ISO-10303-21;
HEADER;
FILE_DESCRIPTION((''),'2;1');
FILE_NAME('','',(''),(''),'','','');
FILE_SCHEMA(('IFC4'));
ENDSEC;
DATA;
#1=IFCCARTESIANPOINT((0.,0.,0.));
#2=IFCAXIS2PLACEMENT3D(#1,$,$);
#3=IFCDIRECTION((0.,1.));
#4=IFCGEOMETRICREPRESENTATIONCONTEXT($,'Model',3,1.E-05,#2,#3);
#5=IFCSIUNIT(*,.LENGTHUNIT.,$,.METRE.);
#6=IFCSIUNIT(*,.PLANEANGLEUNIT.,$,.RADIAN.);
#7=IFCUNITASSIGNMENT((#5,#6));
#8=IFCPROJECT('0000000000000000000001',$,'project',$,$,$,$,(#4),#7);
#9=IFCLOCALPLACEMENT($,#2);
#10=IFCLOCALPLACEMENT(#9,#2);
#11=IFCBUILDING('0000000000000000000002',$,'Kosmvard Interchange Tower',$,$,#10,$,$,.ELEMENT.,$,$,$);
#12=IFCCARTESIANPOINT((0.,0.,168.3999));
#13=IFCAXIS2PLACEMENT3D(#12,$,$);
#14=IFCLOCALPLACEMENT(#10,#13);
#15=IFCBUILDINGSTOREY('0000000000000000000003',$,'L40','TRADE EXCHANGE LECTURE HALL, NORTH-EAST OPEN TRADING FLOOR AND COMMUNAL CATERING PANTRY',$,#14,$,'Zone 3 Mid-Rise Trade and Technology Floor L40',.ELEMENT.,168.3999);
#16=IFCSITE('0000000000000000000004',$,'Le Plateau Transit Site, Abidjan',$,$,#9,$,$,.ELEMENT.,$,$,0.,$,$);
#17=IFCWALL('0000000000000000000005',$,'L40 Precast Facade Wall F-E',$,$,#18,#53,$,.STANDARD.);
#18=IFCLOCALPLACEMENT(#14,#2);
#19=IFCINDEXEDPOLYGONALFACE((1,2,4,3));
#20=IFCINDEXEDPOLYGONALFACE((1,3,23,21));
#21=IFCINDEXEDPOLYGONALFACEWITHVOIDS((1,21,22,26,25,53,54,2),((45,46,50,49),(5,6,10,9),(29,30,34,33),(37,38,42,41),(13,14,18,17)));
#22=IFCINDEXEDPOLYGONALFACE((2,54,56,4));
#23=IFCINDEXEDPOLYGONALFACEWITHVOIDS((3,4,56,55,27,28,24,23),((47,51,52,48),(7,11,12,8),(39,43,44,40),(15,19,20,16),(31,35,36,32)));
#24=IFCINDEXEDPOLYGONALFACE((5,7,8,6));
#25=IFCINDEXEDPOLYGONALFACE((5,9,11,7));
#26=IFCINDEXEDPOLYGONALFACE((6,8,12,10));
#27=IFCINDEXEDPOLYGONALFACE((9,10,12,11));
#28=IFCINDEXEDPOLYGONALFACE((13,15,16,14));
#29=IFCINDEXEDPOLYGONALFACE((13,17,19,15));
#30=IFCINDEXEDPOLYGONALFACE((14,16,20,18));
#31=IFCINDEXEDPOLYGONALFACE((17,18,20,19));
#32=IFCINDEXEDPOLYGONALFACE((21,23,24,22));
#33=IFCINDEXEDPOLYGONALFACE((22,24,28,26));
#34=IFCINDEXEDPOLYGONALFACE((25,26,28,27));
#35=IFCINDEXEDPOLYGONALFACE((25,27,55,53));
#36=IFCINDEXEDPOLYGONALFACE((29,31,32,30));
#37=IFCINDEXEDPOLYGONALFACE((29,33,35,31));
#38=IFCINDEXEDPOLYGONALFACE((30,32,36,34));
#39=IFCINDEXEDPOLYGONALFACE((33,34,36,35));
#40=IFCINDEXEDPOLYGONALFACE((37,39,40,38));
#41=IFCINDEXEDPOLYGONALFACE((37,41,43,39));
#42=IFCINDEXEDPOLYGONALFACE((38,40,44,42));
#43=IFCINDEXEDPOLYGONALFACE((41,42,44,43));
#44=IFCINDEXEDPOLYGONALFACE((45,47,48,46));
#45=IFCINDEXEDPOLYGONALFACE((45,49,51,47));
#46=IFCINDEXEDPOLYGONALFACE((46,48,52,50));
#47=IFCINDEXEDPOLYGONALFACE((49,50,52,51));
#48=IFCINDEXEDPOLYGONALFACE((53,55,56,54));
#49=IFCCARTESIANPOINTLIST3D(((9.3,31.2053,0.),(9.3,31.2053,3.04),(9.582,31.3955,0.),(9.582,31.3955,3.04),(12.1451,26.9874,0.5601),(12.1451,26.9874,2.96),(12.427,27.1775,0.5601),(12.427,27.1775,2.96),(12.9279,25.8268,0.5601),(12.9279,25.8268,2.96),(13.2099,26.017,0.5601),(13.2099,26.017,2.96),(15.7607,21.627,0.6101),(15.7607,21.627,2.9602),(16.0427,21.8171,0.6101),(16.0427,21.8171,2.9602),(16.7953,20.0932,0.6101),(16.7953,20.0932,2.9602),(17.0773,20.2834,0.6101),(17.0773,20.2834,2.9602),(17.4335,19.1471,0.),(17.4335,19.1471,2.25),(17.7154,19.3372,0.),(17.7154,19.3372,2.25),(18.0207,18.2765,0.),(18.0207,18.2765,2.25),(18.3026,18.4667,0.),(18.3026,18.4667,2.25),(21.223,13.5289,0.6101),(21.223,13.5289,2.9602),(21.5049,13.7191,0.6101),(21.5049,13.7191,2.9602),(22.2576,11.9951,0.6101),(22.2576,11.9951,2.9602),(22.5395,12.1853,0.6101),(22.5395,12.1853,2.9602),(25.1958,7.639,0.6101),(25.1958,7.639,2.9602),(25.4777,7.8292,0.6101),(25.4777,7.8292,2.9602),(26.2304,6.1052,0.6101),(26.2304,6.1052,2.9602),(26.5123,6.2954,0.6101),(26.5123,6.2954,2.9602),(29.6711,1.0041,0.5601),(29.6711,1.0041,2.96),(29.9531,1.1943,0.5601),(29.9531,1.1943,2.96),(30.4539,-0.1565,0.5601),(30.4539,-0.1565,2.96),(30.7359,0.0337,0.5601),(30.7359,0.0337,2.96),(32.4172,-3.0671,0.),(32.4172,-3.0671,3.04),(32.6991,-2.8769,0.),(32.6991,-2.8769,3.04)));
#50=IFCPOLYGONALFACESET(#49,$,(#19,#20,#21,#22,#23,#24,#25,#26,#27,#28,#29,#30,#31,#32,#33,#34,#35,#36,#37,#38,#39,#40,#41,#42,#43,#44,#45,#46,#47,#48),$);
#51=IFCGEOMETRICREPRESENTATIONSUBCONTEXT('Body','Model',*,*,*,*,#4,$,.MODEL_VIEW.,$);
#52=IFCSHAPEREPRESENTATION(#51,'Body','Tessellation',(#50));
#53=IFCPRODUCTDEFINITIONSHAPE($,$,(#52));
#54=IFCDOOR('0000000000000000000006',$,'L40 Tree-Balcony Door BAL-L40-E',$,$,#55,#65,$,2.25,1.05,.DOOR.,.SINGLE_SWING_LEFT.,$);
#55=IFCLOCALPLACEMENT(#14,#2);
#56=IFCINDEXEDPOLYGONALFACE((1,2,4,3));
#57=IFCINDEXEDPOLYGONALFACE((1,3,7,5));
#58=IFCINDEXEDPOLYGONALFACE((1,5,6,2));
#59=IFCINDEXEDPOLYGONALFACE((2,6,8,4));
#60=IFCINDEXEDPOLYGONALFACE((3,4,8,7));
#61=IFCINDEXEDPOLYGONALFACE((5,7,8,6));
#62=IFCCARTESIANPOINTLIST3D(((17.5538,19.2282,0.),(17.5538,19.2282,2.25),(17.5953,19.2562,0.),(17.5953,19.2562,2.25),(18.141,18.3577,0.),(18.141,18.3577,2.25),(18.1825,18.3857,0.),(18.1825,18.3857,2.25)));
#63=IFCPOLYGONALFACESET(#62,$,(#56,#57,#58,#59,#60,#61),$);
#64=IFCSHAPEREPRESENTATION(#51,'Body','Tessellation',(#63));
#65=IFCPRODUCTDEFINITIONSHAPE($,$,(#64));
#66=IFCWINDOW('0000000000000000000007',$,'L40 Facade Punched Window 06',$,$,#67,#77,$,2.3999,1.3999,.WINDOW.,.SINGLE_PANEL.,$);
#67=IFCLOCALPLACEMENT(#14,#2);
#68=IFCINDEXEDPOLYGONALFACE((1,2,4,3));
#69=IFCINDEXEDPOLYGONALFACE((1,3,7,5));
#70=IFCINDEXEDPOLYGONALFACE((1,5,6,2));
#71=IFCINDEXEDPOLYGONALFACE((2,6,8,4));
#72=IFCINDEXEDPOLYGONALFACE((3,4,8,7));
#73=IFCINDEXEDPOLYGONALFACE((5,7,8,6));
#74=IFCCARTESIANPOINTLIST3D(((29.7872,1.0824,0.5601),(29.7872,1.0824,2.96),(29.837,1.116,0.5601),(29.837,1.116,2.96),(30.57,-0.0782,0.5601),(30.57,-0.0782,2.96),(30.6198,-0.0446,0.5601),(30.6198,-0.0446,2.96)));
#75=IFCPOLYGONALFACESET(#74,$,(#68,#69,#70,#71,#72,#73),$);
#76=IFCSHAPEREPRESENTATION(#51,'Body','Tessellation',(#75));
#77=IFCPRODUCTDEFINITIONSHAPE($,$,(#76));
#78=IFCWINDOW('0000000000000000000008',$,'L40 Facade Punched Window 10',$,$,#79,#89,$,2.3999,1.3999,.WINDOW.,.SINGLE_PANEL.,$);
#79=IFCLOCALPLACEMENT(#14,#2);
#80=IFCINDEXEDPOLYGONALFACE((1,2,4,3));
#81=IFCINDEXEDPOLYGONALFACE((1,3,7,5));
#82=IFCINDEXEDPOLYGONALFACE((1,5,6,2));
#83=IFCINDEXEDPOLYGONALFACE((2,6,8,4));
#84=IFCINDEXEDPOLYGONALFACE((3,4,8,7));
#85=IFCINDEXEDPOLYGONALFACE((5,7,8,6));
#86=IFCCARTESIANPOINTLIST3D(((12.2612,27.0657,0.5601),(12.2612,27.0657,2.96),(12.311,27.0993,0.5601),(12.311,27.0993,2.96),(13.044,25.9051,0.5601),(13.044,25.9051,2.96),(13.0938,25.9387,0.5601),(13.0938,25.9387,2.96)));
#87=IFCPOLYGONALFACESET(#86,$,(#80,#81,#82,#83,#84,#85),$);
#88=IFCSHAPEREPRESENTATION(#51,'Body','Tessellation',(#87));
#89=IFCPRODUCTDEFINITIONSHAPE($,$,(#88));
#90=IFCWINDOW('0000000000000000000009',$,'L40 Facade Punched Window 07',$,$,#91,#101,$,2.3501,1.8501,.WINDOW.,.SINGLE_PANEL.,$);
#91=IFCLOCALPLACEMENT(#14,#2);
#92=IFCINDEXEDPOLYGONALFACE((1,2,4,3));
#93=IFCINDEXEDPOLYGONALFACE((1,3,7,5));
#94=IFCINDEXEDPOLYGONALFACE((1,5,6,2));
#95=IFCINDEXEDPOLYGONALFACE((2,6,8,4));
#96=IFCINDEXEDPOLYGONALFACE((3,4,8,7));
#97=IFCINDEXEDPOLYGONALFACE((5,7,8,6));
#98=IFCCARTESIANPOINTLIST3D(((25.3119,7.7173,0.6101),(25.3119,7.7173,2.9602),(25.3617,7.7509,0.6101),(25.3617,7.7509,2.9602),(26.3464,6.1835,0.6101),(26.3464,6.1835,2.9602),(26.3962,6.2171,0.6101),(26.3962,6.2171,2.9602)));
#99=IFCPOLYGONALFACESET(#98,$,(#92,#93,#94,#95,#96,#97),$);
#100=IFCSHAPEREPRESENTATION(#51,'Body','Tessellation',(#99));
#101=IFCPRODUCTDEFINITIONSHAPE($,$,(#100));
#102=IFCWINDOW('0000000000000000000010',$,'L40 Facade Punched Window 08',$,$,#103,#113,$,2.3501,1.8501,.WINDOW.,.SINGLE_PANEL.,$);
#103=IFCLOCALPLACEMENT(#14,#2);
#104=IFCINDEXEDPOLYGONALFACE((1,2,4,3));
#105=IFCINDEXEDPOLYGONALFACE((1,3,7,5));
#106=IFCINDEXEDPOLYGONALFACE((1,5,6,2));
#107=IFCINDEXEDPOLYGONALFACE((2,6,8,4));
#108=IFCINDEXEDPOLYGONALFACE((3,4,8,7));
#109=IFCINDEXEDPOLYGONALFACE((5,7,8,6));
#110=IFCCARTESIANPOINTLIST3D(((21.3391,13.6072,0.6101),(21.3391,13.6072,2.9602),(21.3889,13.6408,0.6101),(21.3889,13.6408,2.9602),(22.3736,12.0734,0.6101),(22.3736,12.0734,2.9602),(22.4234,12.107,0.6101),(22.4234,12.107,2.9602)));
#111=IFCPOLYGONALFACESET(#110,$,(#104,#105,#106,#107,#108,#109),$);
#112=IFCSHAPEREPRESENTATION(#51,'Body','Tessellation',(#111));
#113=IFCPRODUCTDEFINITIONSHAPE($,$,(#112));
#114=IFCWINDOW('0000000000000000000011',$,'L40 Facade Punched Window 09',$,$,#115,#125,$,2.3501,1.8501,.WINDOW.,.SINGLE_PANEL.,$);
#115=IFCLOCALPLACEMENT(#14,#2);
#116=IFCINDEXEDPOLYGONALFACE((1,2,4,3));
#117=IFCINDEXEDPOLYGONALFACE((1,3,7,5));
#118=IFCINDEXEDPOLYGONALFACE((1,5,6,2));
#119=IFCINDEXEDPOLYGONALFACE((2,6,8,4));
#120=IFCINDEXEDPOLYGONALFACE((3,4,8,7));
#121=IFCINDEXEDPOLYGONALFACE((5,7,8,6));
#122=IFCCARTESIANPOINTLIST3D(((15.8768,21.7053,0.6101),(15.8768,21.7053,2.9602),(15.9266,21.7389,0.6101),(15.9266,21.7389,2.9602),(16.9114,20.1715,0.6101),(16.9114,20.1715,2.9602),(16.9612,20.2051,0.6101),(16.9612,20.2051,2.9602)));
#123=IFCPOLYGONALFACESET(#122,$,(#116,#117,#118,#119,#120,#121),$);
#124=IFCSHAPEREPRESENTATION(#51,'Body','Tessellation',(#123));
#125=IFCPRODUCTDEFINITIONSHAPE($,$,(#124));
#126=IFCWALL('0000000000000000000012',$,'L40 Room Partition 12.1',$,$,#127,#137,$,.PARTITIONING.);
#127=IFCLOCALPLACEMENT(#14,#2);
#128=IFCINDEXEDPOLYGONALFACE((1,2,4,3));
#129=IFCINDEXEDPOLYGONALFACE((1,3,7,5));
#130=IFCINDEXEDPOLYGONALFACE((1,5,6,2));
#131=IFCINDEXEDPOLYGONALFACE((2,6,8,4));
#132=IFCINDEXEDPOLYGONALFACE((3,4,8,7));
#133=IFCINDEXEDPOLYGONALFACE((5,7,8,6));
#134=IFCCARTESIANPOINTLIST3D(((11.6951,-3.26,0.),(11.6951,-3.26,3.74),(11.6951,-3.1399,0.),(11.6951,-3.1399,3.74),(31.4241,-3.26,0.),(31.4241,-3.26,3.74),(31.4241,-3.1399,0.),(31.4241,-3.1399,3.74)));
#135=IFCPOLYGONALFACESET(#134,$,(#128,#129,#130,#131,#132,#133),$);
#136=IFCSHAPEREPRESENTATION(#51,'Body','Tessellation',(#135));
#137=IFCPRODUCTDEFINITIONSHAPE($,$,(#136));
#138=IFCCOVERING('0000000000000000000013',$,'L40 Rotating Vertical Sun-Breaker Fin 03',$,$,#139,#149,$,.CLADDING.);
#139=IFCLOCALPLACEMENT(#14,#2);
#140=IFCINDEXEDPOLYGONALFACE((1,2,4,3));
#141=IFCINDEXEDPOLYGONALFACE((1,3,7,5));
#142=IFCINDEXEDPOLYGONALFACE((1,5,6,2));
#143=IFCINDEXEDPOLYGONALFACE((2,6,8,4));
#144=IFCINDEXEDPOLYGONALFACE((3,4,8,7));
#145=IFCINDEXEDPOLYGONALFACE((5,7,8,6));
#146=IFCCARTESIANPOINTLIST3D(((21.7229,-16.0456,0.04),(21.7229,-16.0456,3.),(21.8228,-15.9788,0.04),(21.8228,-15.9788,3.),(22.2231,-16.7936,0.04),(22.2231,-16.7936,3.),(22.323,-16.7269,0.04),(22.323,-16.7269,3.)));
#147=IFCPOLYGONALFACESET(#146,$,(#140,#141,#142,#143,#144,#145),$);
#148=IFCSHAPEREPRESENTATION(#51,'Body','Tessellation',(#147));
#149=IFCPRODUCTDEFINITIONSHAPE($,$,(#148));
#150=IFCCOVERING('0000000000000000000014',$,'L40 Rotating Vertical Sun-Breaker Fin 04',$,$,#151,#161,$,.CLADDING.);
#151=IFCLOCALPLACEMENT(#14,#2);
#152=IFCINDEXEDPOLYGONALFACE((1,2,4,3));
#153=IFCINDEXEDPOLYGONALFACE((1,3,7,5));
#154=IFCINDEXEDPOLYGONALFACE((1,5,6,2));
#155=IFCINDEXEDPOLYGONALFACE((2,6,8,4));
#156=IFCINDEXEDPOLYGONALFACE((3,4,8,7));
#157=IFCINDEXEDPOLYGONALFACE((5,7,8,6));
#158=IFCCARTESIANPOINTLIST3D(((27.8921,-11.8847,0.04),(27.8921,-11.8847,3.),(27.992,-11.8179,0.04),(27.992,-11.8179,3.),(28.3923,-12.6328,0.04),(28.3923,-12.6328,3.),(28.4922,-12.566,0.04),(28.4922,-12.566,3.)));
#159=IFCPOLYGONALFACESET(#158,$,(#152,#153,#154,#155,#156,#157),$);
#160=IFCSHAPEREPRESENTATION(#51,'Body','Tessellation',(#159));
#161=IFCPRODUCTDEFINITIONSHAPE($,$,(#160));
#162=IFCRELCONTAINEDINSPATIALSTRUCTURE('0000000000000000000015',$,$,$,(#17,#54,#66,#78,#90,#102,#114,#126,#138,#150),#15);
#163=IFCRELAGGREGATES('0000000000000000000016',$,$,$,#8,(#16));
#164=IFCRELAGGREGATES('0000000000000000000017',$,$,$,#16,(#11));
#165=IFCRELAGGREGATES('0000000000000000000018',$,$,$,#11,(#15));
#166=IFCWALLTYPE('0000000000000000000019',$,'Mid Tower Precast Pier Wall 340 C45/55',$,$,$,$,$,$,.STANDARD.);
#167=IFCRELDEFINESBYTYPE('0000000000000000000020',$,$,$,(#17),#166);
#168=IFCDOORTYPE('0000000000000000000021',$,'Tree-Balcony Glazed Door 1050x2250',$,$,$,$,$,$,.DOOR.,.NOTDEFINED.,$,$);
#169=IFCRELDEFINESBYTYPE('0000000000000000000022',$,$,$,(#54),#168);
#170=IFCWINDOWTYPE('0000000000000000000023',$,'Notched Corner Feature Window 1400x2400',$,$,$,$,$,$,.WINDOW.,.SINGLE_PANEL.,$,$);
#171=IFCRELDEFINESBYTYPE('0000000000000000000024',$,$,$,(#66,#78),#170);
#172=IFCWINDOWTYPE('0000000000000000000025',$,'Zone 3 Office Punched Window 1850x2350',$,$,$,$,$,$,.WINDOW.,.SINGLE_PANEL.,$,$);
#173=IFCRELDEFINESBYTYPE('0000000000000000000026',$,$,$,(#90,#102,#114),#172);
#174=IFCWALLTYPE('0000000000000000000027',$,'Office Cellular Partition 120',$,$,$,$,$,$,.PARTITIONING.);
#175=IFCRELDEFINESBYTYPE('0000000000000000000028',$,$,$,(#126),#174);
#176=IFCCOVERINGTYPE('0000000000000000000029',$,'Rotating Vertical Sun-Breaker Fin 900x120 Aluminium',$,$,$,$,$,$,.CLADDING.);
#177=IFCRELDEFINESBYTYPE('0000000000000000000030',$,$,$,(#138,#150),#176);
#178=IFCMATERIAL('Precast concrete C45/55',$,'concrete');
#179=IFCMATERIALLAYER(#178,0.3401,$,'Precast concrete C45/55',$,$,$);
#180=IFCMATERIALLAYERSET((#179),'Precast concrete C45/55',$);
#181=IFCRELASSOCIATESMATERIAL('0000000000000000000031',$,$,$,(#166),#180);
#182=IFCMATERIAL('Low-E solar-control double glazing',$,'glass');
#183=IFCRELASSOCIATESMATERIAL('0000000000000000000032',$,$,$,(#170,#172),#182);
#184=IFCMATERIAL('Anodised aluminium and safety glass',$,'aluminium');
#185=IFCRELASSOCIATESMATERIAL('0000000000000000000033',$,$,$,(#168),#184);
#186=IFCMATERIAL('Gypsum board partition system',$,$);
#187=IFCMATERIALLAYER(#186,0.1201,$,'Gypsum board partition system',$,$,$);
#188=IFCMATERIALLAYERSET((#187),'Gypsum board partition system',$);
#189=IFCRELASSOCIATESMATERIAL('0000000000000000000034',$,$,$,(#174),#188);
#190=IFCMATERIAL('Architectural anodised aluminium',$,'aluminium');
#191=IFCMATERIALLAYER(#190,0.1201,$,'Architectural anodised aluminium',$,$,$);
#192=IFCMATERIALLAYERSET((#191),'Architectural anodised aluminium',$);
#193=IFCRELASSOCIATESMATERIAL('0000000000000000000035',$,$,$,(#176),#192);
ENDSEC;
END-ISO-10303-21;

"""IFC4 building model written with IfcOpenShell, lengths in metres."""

from ifc_helpers import new_model, si_unit, direction, frame, frame_2d, origin, origin_2d, place, context, subcontext, project, spatial, rectangle, extrude, source, transform, mapped, material, layer, layer_set, type_object, element, fill, save


model = new_model("IFC4")

# Units and contexts
model_context = context("Model", 3, precision=1e-05, world=origin(), true_north=direction((0.0, 1.0)))
body_context = subcontext(model_context, "Body", "Model", "MODEL_VIEW")
ifc_project = project(units=[si_unit("LENGTHUNIT", "METRE"), si_unit("PLANEANGLEUNIT", "RADIAN")], contexts=[model_context])

# Site, building, storey
site_placement = place(None, origin())
site = spatial("IfcSite", under=ifc_project, at=site_placement, Name="Le Plateau Transit Site, Abidjan", CompositionType="ELEMENT", RefElevation=0.0)
building_placement = place(site_placement, origin())
building = spatial("IfcBuilding", under=site, at=building_placement, Name="Kosmvard Interchange Tower", CompositionType="ELEMENT")
storey_placement = place(building_placement, frame((0.0, 0.0, 168.3999)))
storey = spatial("IfcBuildingStorey", under=building, at=storey_placement, Name="L40", Description="TRADE EXCHANGE LECTURE HALL, NORTH-EAST OPEN TRADING FLOOR AND COMMUNAL CATERING PANTRY", LongName="Zone 3 Mid-Rise Trade and Technology Floor L40", CompositionType="ELEMENT", Elevation=168.3999)

# Shared definitions
ifc_material_1 = material(Name="Precast concrete C45/55", Category="concrete")

# Shared definitions
ifc_layer_1 = layer(ifc_material_1, 0.3401, Name="Precast concrete C45/55")
ifc_layer_set_1 = layer_set([ifc_layer_1], Name="Precast concrete C45/55")
wall_type_1 = type_object("IfcWallType", Name="Mid Tower Precast Pier Wall 340 C45/55", PredefinedType="STANDARD", material=ifc_layer_set_1)

# Shared definitions
ifc_material_2 = material(Name="Low-E solar-control double glazing", Category="glass")
window_type_1 = type_object("IfcWindowType", Name="Notched Corner Feature Window 1400x2400", PartitioningType="SINGLE_PANEL", PredefinedType="WINDOW", material=ifc_material_2)
shared_shape_1 = source(origin(), body_context, "Body", "SweptSolid", [
    extrude(rectangle(XDim=1.3999, YDim=2.3999, at=frame_2d((0.7, 1.2))), frame((0.0, 0.03, 0.0), z_axis=(0.0, -1.0, 0.0), x_axis=(1.0, 0.0, 0.0)), (0.0, 0.0, 1.0), 0.0601),
])

# Wall, openings, door, windows
wall_1_placement = place(storey_placement, frame((32.5581, -2.9719, 0.0), z_axis=(0.0, 0.0, 1.0), x_axis=(-0.559195, 0.829036, 0.0)))
wall_1 = element("IfcWall", 1, at=wall_1_placement, inside=storey, type_object=wall_type_1, Name="L40 Precast Facade Wall F-E", PredefinedType="STANDARD", context=body_context, shape_type="SweptSolid", body=[
    extrude(rectangle(XDim=41.3401, YDim=0.3401, at=frame_2d((20.6699, 0.0))), origin(), (0.0, 0.0, 1.0), 3.04),
])
opening_1_placement = place(wall_1_placement, frame((25.7451, 0.0, 0.0)))
opening_1 = element("IfcOpeningElement", 2, at=opening_1_placement, cuts=wall_1, PredefinedType="OPENING", context=body_context, shape_type="SweptSolid", body=[
    extrude(rectangle(XDim=1.05, YDim=2.25, at=frame_2d((0.5249, 1.125))), frame((0.0, 0.1802, 0.0), z_axis=(0.0, -1.0, 0.0), x_axis=(1.0, 0.0, 0.0)), (0.0, 0.0, 1.0), 0.3601),
])
opening_2_placement = place(wall_1_placement, frame((3.5107, 0.0, 0.5601)))
opening_2 = element("IfcOpeningElement", 3, at=opening_2_placement, cuts=wall_1, PredefinedType="OPENING", context=body_context, shape_type="SweptSolid", body=[
    extrude(rectangle(XDim=1.3999, YDim=2.3999, at=frame_2d((0.7, 1.2))), frame((0.0, 0.1802, 0.0), z_axis=(0.0, -1.0, 0.0), x_axis=(1.0, 0.0, 0.0)), (0.0, 0.0, 1.0), 0.3601),
])
opening_3_placement = place(wall_1_placement, frame((11.0637, 0.0, 0.6101)))
opening_3 = element("IfcOpeningElement", 4, at=opening_3_placement, cuts=wall_1, PredefinedType="OPENING", context=body_context, shape_type="SweptSolid", body=[
    extrude(rectangle(XDim=1.8501, YDim=2.3501, at=frame_2d((0.925, 1.175))), frame((0.0, 0.1802, 0.0), z_axis=(0.0, -1.0, 0.0), x_axis=(1.0, 0.0, 0.0)), (0.0, 0.0, 1.0), 0.3601),
])
opening_4_placement = place(wall_1_placement, frame((18.1682, 0.0, 0.6101)))
opening_4 = element("IfcOpeningElement", 5, at=opening_4_placement, cuts=wall_1, PredefinedType="OPENING", context=body_context, shape_type="SweptSolid", body=[
    extrude(rectangle(XDim=1.8501, YDim=2.3501, at=frame_2d((0.925, 1.175))), frame((0.0, 0.1802, 0.0), z_axis=(0.0, -1.0, 0.0), x_axis=(1.0, 0.0, 0.0)), (0.0, 0.0, 1.0), 0.3601),
])
opening_5_placement = place(wall_1_placement, frame((27.9363, 0.0, 0.6101)))
opening_5 = element("IfcOpeningElement", 6, at=opening_5_placement, cuts=wall_1, PredefinedType="OPENING", context=body_context, shape_type="SweptSolid", body=[
    extrude(rectangle(XDim=1.8501, YDim=2.3501, at=frame_2d((0.925, 1.175))), frame((0.0, 0.1802, 0.0), z_axis=(0.0, -1.0, 0.0), x_axis=(1.0, 0.0, 0.0)), (0.0, 0.0, 1.0), 0.3601),
])
opening_6_placement = place(wall_1_placement, frame((34.8523, 0.0, 0.5601)))
opening_6 = element("IfcOpeningElement", 7, at=opening_6_placement, cuts=wall_1, PredefinedType="OPENING", context=body_context, shape_type="SweptSolid", body=[
    extrude(rectangle(XDim=1.3999, YDim=2.3999, at=frame_2d((0.7, 1.2))), frame((0.0, 0.1802, 0.0), z_axis=(0.0, -1.0, 0.0), x_axis=(1.0, 0.0, 0.0)), (0.0, 0.0, 1.0), 0.3601),
])
ifc_material_3 = material(Name="Anodised aluminium and safety glass", Category="aluminium")
door_type = type_object("IfcDoorType", Name="Tree-Balcony Glazed Door 1050x2250", OperationType="NOTDEFINED", PredefinedType="DOOR", material=ifc_material_3)
shared_shape_2 = source(origin(), body_context, "Body", "SweptSolid", [
    extrude(rectangle(XDim=1.05, YDim=2.25, at=frame_2d((0.5249, 1.125))), frame((0.0, 0.0249, 0.0), z_axis=(0.0, -1.0, 0.0), x_axis=(1.0, 0.0, 0.0)), (0.0, 0.0, 1.0), 0.05),
])
door_placement = place(opening_1_placement, origin())
door = element("IfcDoor", 8, at=door_placement, inside=storey, type_object=door_type, Name="L40 Tree-Balcony Door BAL-L40-E", OperationType="SINGLE_SWING_LEFT", OverallHeight=2.25, OverallWidth=1.05, PredefinedType="DOOR", context=body_context, shape_type="MappedRepresentation", body=[
    mapped(shared_shape_2, transform((0.0, 0.0, 0.0), scale=1.0)),
])
fill(opening_1, door)
window_1_placement = place(opening_2_placement, origin())
window_1 = element("IfcWindow", 9, at=window_1_placement, inside=storey, type_object=window_type_1, Name="L40 Facade Punched Window 06", OverallHeight=2.3999, OverallWidth=1.3999, PartitioningType="SINGLE_PANEL", PredefinedType="WINDOW", context=body_context, shape_type="MappedRepresentation", body=[
    mapped(shared_shape_1, transform((0.0, 0.0, 0.0), scale=1.0)),
])
fill(opening_2, window_1)
window_2_placement = place(opening_6_placement, origin())
window_2 = element("IfcWindow", 10, at=window_2_placement, inside=storey, type_object=window_type_1, Name="L40 Facade Punched Window 10", OverallHeight=2.3999, OverallWidth=1.3999, PartitioningType="SINGLE_PANEL", PredefinedType="WINDOW", context=body_context, shape_type="MappedRepresentation", body=[
    mapped(shared_shape_1, transform((0.0, 0.0, 0.0), scale=1.0)),
])
fill(opening_6, window_2)
window_type_2 = type_object("IfcWindowType", Name="Zone 3 Office Punched Window 1850x2350", PartitioningType="SINGLE_PANEL", PredefinedType="WINDOW", material=ifc_material_2)
shared_shape_3 = source(origin(), body_context, "Body", "SweptSolid", [
    extrude(rectangle(XDim=1.8501, YDim=2.3501, at=frame_2d((0.925, 1.175))), frame((0.0, 0.03, 0.0), z_axis=(0.0, -1.0, 0.0), x_axis=(1.0, 0.0, 0.0)), (0.0, 0.0, 1.0), 0.0601),
])
window_3_placement = place(opening_3_placement, origin())
window_3 = element("IfcWindow", 11, at=window_3_placement, inside=storey, type_object=window_type_2, Name="L40 Facade Punched Window 07", OverallHeight=2.3501, OverallWidth=1.8501, PartitioningType="SINGLE_PANEL", PredefinedType="WINDOW", context=body_context, shape_type="MappedRepresentation", body=[
    mapped(shared_shape_3, transform((0.0, 0.0, 0.0), scale=1.0)),
])
fill(opening_3, window_3)
window_4_placement = place(opening_4_placement, origin())
window_4 = element("IfcWindow", 12, at=window_4_placement, inside=storey, type_object=window_type_2, Name="L40 Facade Punched Window 08", OverallHeight=2.3501, OverallWidth=1.8501, PartitioningType="SINGLE_PANEL", PredefinedType="WINDOW", context=body_context, shape_type="MappedRepresentation", body=[
    mapped(shared_shape_3, transform((0.0, 0.0, 0.0), scale=1.0)),
])
fill(opening_4, window_4)
window_5_placement = place(opening_5_placement, origin())
window_5 = element("IfcWindow", 13, at=window_5_placement, inside=storey, type_object=window_type_2, Name="L40 Facade Punched Window 09", OverallHeight=2.3501, OverallWidth=1.8501, PartitioningType="SINGLE_PANEL", PredefinedType="WINDOW", context=body_context, shape_type="MappedRepresentation", body=[
    mapped(shared_shape_3, transform((0.0, 0.0, 0.0), scale=1.0)),
])
fill(opening_5, window_5)

# Wall
ifc_material_4 = material(Name="Gypsum board partition system")
ifc_layer_2 = layer(ifc_material_4, 0.1201, Name="Gypsum board partition system")
ifc_layer_set_2 = layer_set([ifc_layer_2], Name="Gypsum board partition system")
wall_type_2 = type_object("IfcWallType", Name="Office Cellular Partition 120", PredefinedType="PARTITIONING", material=ifc_layer_set_2)
wall_2_placement = place(storey_placement, frame((11.6951, -3.2, 0.0), z_axis=(0.0, 0.0, 1.0), x_axis=(1.0, 0.0, 0.0)))
element("IfcWall", 14, at=wall_2_placement, inside=storey, type_object=wall_type_2, Name="L40 Room Partition 12.1", PredefinedType="PARTITIONING", context=body_context, shape_type="SweptSolid", body=[
    extrude(rectangle(XDim=19.729, YDim=0.1201, at=frame_2d((9.8645, 0.0))), origin(), (0.0, 0.0, 1.0), 3.74),
])

# Coverings
ifc_material_5 = material(Name="Architectural anodised aluminium", Category="aluminium")
ifc_layer_3 = layer(ifc_material_5, 0.1201, Name="Architectural anodised aluminium")
ifc_layer_set_3 = layer_set([ifc_layer_3], Name="Architectural anodised aluminium")
covering_type = type_object("IfcCoveringType", Name="Rotating Vertical Sun-Breaker Fin 900x120 Aluminium", PredefinedType="CLADDING", material=ifc_layer_set_3)
shared_shape_4 = source(origin(), body_context, "Body", "SweptSolid", [
    extrude(rectangle(XDim=0.8999, YDim=0.1201, at=origin_2d()), origin(), (0.0, 0.0, 1.0), 2.96),
])
for number, where, z_axis, x_axis, name in (
    (15, (22.0229, -16.3862, 0.04), (0.0, 0.0, 1.0), (0.55586, -0.831276, 0.0), "L40 Rotating Vertical Sun-Breaker Fin 03"),
    (16, (28.1921, -12.2253, 0.04), (0.0, 0.0, 1.0), (0.55586, -0.831276, 0.0), "L40 Rotating Vertical Sun-Breaker Fin 04"),
):
    element("IfcCovering", number, at=place(storey_placement, frame(where, z_axis=z_axis, x_axis=x_axis)), inside=storey, type_object=covering_type, Name=name, PredefinedType="CLADDING", context=body_context, shape_type="MappedRepresentation", body=[
        mapped(shared_shape_4, transform((0.0, 0.0, 0.0), scale=1.0)),
    ])

save(model, "model.ifc")
